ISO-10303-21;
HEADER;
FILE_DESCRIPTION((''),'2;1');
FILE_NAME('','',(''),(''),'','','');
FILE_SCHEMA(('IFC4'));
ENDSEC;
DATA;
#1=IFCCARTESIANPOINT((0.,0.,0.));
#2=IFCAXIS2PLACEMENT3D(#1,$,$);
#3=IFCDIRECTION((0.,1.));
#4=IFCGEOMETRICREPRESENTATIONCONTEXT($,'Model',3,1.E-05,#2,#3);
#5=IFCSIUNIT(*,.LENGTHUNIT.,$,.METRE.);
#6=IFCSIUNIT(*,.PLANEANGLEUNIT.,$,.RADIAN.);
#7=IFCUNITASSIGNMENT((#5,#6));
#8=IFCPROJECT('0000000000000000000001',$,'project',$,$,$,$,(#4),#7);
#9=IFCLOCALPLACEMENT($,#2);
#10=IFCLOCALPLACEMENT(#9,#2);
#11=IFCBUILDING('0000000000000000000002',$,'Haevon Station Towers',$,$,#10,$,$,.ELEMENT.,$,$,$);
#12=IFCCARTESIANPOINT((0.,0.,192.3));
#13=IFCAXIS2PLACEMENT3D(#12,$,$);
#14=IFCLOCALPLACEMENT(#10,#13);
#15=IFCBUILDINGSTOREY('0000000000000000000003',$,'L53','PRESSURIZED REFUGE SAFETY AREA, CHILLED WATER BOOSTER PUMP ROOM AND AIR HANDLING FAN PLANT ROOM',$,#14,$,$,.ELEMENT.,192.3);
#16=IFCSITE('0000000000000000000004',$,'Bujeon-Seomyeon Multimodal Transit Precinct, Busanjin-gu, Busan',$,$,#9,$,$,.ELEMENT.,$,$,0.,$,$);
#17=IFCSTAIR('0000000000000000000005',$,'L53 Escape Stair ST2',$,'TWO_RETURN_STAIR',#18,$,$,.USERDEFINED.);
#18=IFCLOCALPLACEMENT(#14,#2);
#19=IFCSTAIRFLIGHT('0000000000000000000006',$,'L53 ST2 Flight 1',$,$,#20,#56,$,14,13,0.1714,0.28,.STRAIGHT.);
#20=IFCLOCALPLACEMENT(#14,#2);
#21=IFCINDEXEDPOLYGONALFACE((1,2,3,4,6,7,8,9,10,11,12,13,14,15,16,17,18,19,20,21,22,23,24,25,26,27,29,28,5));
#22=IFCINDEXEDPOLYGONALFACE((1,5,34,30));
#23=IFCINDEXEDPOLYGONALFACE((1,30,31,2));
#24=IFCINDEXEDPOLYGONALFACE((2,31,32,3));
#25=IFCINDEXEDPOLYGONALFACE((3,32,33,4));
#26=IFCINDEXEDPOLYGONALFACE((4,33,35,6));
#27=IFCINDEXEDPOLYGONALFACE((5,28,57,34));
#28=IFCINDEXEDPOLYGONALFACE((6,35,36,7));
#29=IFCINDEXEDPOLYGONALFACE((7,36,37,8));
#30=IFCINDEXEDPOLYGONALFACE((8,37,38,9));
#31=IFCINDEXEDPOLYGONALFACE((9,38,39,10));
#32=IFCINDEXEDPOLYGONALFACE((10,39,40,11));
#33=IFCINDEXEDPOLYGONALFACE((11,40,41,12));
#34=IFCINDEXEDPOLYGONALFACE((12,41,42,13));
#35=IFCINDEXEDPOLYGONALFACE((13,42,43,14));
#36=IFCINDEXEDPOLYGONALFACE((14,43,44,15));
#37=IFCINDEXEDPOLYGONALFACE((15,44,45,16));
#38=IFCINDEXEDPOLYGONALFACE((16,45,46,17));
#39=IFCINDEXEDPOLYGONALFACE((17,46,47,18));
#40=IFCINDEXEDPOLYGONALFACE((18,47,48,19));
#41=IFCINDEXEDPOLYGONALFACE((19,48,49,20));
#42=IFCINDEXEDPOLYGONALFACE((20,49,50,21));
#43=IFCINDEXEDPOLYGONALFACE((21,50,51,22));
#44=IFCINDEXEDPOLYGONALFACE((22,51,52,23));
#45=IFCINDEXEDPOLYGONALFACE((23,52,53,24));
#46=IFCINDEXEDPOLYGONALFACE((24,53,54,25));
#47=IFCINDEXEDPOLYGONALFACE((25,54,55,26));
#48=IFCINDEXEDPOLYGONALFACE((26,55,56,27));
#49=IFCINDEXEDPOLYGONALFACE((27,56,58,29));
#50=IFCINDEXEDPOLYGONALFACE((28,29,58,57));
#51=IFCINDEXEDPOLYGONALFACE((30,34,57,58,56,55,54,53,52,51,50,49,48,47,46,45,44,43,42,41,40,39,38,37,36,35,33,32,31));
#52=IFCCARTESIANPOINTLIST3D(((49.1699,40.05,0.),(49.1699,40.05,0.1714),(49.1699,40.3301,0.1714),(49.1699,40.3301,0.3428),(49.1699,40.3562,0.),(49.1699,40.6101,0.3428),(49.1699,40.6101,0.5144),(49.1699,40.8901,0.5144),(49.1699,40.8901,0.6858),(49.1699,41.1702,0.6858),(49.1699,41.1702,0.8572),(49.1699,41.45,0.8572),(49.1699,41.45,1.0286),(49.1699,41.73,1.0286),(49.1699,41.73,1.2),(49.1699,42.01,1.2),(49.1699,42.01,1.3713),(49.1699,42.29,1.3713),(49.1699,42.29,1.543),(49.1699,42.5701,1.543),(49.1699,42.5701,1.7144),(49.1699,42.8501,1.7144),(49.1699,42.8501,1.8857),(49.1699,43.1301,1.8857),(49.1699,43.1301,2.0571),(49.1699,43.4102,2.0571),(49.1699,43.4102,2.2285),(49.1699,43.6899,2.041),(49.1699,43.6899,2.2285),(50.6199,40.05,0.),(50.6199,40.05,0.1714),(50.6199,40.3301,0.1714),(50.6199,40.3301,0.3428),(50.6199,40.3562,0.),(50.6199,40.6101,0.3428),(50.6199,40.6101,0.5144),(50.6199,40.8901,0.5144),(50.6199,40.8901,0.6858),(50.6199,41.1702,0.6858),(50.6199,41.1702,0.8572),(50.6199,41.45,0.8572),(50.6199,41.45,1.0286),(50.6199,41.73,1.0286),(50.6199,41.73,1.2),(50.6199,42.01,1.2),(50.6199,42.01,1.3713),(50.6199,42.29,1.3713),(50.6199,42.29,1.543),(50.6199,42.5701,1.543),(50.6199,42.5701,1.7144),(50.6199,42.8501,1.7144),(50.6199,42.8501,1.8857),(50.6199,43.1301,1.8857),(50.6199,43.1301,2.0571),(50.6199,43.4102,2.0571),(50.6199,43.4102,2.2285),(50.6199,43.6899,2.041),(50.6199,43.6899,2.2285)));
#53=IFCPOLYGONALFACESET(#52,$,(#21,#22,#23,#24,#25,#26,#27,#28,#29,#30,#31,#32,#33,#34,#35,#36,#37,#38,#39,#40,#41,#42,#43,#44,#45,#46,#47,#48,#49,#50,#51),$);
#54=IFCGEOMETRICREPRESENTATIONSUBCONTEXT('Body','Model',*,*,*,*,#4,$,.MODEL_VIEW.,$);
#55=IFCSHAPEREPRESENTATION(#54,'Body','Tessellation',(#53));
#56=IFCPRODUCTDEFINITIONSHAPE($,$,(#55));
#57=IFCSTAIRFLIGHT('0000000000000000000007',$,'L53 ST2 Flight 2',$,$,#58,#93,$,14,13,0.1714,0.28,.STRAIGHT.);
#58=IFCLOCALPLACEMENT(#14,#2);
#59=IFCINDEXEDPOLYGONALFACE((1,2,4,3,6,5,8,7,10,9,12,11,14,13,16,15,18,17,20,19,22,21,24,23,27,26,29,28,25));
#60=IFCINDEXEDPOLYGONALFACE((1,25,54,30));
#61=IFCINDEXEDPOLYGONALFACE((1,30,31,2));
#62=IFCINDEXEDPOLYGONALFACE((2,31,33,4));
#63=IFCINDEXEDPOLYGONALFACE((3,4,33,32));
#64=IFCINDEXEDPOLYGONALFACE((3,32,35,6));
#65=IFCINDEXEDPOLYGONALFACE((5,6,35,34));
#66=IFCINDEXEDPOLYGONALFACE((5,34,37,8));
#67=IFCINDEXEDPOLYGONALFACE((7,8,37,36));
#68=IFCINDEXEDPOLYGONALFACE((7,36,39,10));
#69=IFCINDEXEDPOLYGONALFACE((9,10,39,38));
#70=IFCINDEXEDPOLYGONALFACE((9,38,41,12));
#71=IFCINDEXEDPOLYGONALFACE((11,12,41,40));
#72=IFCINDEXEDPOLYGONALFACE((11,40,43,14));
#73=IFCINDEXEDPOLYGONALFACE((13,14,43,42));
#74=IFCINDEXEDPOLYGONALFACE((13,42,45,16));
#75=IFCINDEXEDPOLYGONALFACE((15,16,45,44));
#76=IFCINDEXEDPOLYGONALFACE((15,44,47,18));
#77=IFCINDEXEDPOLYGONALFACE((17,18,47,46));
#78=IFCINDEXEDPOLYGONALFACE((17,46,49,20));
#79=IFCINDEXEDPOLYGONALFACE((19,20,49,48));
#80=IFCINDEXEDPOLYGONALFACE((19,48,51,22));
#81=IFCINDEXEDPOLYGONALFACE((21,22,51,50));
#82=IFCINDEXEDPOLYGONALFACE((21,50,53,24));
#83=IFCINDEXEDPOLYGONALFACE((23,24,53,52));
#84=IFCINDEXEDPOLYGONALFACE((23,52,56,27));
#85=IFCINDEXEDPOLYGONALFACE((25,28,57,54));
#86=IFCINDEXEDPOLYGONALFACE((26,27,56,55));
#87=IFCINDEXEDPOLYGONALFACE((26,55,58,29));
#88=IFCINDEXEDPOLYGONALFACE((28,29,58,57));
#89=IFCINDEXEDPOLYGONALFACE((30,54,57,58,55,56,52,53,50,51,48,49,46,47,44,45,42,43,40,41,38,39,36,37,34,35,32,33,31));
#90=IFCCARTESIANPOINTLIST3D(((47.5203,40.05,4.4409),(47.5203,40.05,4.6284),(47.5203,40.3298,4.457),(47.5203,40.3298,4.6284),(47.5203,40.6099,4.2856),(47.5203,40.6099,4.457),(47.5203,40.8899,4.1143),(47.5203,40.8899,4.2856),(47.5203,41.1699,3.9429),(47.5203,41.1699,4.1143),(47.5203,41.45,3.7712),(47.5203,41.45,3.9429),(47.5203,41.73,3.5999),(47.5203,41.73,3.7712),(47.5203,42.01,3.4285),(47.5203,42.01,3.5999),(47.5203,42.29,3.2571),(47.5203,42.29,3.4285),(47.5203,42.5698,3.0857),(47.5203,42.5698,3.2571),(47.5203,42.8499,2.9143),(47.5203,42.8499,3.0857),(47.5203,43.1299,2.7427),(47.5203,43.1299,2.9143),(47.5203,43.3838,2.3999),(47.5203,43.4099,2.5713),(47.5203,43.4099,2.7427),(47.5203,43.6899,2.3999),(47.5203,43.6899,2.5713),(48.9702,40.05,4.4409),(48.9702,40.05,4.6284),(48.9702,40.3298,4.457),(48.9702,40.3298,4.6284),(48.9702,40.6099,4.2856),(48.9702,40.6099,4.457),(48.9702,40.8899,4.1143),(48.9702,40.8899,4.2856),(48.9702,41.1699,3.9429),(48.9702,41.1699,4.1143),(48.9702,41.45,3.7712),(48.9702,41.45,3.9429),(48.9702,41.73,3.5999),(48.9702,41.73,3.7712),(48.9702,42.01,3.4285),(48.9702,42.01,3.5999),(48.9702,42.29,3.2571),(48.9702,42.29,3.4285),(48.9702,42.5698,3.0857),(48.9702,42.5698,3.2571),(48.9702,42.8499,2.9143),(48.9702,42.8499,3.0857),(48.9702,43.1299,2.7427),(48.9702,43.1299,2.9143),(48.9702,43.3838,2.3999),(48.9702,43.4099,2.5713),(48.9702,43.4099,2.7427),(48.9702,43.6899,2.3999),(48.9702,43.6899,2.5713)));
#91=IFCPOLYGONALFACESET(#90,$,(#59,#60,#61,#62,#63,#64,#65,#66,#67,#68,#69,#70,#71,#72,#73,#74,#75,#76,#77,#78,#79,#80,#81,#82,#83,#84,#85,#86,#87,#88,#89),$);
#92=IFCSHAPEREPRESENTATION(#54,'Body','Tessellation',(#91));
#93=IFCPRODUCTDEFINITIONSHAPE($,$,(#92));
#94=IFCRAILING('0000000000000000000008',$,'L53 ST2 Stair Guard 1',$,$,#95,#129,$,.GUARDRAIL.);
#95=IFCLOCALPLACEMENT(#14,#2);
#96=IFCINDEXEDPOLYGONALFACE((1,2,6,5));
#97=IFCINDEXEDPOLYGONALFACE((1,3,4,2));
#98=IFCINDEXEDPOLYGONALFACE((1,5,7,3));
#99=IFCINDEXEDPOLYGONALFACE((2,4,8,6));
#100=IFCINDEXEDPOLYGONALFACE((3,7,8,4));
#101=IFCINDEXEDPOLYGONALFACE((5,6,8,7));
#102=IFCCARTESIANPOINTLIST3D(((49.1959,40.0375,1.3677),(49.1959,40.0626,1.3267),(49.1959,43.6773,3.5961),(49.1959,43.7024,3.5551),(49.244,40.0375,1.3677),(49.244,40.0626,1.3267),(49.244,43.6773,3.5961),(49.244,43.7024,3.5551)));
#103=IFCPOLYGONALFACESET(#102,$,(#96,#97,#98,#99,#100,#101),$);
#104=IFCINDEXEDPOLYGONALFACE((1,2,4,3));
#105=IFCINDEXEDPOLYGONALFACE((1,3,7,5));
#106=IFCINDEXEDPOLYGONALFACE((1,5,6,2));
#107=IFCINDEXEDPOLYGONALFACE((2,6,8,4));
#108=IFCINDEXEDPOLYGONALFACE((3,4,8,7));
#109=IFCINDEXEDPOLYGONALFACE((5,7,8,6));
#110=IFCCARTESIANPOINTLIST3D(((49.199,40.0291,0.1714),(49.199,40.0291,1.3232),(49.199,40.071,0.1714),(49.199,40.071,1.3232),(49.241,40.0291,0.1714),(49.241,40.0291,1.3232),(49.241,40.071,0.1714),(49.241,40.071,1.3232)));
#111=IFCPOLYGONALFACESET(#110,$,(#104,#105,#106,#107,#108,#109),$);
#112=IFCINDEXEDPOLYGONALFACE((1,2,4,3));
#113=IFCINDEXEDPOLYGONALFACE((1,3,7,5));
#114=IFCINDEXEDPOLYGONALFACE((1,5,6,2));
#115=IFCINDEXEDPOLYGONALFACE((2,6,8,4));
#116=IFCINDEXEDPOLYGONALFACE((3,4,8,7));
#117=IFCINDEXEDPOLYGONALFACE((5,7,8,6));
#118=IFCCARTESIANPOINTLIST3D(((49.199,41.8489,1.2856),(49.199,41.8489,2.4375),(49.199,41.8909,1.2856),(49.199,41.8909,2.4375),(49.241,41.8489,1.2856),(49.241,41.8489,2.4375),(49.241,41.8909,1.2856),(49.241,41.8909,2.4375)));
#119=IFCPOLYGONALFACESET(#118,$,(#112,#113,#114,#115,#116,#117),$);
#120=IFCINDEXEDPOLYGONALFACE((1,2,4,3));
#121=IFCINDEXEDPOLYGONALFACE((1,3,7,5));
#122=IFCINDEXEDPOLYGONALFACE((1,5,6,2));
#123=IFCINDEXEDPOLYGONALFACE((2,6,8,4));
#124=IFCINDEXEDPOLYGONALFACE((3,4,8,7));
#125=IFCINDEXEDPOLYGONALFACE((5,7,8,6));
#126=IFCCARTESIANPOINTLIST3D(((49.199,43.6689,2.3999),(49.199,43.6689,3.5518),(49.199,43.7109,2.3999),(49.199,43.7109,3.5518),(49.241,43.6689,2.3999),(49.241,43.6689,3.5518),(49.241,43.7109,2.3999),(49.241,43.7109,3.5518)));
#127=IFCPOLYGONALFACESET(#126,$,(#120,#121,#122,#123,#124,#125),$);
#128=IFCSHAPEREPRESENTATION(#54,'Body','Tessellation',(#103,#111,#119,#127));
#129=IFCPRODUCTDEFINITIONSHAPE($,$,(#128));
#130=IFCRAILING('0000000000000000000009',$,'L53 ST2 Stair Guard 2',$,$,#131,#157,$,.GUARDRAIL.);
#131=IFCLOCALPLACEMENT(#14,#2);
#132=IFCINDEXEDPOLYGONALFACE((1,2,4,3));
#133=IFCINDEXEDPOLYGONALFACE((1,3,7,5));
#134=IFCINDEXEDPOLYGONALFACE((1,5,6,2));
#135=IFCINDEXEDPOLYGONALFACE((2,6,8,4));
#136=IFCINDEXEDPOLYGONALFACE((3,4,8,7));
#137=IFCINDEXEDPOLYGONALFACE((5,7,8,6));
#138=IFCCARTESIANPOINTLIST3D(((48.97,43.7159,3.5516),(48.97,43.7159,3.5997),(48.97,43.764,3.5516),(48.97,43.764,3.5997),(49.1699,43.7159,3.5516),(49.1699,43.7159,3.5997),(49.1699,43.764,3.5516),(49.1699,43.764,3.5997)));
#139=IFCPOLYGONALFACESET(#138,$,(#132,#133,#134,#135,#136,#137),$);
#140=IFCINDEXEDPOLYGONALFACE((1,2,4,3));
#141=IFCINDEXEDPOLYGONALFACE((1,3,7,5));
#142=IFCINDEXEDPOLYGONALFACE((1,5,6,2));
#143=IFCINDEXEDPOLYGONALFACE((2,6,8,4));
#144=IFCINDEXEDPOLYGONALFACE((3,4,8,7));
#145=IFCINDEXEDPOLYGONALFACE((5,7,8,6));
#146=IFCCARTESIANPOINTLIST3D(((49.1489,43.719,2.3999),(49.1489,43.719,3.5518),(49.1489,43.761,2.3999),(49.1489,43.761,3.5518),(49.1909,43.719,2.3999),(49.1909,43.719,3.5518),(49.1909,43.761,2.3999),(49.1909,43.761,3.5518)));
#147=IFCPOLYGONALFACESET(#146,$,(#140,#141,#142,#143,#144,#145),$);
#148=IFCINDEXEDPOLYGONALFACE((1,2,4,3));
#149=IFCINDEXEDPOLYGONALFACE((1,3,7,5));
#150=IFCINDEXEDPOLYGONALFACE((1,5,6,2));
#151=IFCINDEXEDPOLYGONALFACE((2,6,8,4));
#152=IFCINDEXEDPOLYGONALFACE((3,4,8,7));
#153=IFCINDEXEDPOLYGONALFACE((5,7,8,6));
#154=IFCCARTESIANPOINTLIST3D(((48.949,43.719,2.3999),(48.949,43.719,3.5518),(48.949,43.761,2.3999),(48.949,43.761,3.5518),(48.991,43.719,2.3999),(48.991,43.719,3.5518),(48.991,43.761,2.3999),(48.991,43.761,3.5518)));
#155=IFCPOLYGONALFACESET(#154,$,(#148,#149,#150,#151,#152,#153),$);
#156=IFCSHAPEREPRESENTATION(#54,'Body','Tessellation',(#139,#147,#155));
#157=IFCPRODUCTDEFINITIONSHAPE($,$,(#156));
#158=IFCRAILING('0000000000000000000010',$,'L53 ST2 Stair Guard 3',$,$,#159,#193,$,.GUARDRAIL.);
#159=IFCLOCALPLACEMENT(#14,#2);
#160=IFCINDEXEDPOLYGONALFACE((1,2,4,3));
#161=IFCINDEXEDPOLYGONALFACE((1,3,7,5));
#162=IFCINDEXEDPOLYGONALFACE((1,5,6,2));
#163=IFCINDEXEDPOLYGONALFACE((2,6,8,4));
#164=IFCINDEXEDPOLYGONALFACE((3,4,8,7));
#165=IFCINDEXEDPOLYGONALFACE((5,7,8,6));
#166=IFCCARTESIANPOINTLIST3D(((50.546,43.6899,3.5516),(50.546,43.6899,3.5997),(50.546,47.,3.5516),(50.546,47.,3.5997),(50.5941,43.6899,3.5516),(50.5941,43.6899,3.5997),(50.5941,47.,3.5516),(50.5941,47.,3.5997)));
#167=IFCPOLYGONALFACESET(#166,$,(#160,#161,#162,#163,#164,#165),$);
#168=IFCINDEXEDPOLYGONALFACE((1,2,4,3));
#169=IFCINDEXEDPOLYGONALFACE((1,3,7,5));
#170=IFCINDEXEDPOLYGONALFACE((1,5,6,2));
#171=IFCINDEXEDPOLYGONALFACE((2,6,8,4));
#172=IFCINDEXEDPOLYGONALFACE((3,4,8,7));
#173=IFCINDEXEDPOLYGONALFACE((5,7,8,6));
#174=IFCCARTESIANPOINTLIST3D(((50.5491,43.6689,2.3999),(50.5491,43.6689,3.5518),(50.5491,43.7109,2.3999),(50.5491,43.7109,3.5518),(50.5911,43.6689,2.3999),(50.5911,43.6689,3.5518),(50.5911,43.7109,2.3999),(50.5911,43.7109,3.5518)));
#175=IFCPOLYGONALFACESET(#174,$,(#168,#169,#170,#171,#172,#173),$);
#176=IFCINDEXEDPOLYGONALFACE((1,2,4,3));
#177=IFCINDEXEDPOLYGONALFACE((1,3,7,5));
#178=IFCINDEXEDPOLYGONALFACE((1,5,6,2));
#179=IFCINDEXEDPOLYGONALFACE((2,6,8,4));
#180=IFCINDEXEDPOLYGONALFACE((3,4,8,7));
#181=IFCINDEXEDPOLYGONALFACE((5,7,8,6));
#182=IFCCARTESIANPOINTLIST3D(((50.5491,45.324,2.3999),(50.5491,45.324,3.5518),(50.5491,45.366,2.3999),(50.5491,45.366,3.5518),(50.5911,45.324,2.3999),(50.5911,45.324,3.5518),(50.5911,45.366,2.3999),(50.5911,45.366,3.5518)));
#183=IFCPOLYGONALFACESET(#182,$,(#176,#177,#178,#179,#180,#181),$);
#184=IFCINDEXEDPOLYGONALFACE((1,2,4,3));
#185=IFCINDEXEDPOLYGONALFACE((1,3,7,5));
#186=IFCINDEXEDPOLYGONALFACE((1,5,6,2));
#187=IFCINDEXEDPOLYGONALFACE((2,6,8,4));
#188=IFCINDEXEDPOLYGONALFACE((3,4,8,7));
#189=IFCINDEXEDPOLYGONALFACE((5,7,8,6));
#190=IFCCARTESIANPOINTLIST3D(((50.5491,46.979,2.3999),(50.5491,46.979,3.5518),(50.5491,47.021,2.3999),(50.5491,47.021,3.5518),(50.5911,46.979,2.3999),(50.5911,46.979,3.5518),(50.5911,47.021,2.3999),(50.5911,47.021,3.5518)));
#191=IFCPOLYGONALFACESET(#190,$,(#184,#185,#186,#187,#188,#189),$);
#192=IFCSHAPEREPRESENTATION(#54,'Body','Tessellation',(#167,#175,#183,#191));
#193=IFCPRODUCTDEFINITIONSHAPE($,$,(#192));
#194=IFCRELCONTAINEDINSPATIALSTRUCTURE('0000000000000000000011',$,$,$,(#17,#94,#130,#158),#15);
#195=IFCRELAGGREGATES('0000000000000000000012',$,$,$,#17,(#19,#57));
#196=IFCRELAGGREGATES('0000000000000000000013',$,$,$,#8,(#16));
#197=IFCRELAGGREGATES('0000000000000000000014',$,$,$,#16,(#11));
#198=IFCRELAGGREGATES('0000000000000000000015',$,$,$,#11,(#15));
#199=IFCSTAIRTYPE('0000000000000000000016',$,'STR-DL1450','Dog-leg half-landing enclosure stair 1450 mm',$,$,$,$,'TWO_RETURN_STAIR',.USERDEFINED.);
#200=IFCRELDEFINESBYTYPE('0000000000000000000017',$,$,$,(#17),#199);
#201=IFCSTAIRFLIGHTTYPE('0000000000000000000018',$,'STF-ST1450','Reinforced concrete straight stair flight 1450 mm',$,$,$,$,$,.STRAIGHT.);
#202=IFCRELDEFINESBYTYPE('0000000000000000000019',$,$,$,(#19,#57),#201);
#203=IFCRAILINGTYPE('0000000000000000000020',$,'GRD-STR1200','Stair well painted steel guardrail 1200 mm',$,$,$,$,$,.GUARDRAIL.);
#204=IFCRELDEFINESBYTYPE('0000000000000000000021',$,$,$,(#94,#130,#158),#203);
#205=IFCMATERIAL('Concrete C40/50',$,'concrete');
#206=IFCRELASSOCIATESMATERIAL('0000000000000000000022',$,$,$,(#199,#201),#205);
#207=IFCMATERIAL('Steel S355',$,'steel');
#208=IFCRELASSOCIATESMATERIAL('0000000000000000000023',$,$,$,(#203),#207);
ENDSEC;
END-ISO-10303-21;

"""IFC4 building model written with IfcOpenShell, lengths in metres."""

from ifc_helpers import new_model, si_unit, direction, frame, origin, origin_2d, place, context, subcontext, project, spatial, polyline, rectangle, outline, extrude, material, type_object, element, aggregate, save


model = new_model("IFC4")

# Units and contexts
model_context = context("Model", 3, precision=1e-05, world=origin(), true_north=direction((0.0, 1.0)))
body_context = subcontext(model_context, "Body", "Model", "MODEL_VIEW")
ifc_project = project(units=[si_unit("LENGTHUNIT", "METRE"), si_unit("PLANEANGLEUNIT", "RADIAN")], contexts=[model_context])

# Site, building, storey
site_placement = place(None, origin())
site = spatial("IfcSite", under=ifc_project, at=site_placement, Name="Bujeon-Seomyeon Multimodal Transit Precinct, Busanjin-gu, Busan", CompositionType="ELEMENT", RefElevation=0.0)
building_placement = place(site_placement, origin())
building = spatial("IfcBuilding", under=site, at=building_placement, Name="Haevon Station Towers", CompositionType="ELEMENT")
storey_placement = place(building_placement, frame((0.0, 0.0, 192.3)))
storey = spatial("IfcBuildingStorey", under=building, at=storey_placement, Name="L53", Description="PRESSURIZED REFUGE SAFETY AREA, CHILLED WATER BOOSTER PUMP ROOM AND AIR HANDLING FAN PLANT ROOM", CompositionType="ELEMENT", Elevation=192.3)

# Shared definitions
ifc_material_1 = material(Name="Steel S355", Category="steel")

# Shared definitions
ifc_material_2 = material(Name="Concrete C40/50", Category="concrete")

# Stair, stair flights
stair_type = type_object("IfcStairType", Name="STR-DL1450", Description="Dog-leg half-landing enclosure stair 1450 mm", ElementType="TWO_RETURN_STAIR", PredefinedType="USERDEFINED", material=ifc_material_2)
stair_placement = place(storey_placement, origin())
stair = element("IfcStair", 1, at=stair_placement, inside=storey, type_object=stair_type, Name="L53 Escape Stair ST2", ObjectType="TWO_RETURN_STAIR", PredefinedType="USERDEFINED")
stair_flight_type = type_object("IfcStairFlightType", Name="STF-ST1450", Description="Reinforced concrete straight stair flight 1450 mm", PredefinedType="STRAIGHT", material=ifc_material_2)
stair_flight_1_placement = place(storey_placement, frame((49.895, 40.05, 0.0), z_axis=(0.0, 0.0, 1.0), x_axis=(0.0, 1.0, 0.0)))
stair_flight_1 = element("IfcStairFlight", 2, at=stair_flight_1_placement, type_object=stair_flight_type, Name="L53 ST2 Flight 1", NumberOfRisers=14, NumberOfTreads=13, PredefinedType="STRAIGHT", RiserHeight=0.1714, TreadLength=0.28, context=body_context, shape_type="SweptSolid", body=[
    extrude(outline(polyline([(0.0, 0.0), (0.0, 0.1714), (0.28, 0.1714), (0.28, 0.3428), (0.5601, 0.3428), (0.5601, 0.5144), (0.8401, 0.5144), (0.8401, 0.6858), (1.1201, 0.6858), (1.1201, 0.8572), (1.3999, 0.8572), (1.3999, 1.0286), (1.6799, 1.0286), (1.6799, 1.2), (1.96, 1.2), (1.96, 1.3713), (2.24, 1.3713), (2.24, 1.543), (2.52, 1.543), (2.52, 1.7144), (2.8, 1.7144), (2.8, 1.8857), (3.0801, 1.8857), (3.0801, 2.0571), (3.3601, 2.0571), (3.3601, 2.2285), (3.6399, 2.2285), (3.6399, 2.3999), (3.6399, 2.041), (0.3062, 0.0), (0.0, 0.0)])), frame((0.0, 0.7251, 0.0), z_axis=(0.0, -1.0, 0.0), x_axis=(1.0, 0.0, 0.0)), (0.0, 0.0, 1.0), 1.45),
])
stair_flight_2_placement = place(storey_placement, frame((48.2451, 43.6899, 2.3999), z_axis=(0.0, 0.0, 1.0), x_axis=(0.0, -1.0, 0.0)))
stair_flight_2 = element("IfcStairFlight", 3, at=stair_flight_2_placement, type_object=stair_flight_type, Name="L53 ST2 Flight 2", NumberOfRisers=14, NumberOfTreads=13, PredefinedType="STRAIGHT", RiserHeight=0.1714, TreadLength=0.28, context=body_context, shape_type="SweptSolid", body=[
    extrude(outline(polyline([(0.0, 0.0), (0.0, 0.1714), (0.28, 0.1714), (0.28, 0.3428), (0.5601, 0.3428), (0.5601, 0.5144), (0.8401, 0.5144), (0.8401, 0.6858), (1.1201, 0.6858), (1.1201, 0.8572), (1.3999, 0.8572), (1.3999, 1.0286), (1.6799, 1.0286), (1.6799, 1.2), (1.96, 1.2), (1.96, 1.3713), (2.24, 1.3713), (2.24, 1.543), (2.52, 1.543), (2.52, 1.7144), (2.8, 1.7144), (2.8, 1.8857), (3.0801, 1.8857), (3.0801, 2.0571), (3.3601, 2.0571), (3.3601, 2.2285), (3.6399, 2.2285), (3.6399, 2.3999), (3.6399, 2.041), (0.3062, 0.0), (0.0, 0.0)])), frame((0.0, 0.7251, 0.0), z_axis=(0.0, -1.0, 0.0), x_axis=(1.0, 0.0, 0.0)), (0.0, 0.0, 1.0), 1.45),
])
aggregate(stair, [stair_flight_1, stair_flight_2])

# Railings
railing_type_1 = type_object("IfcRailingType", Name="GRD-STR1200", Description="Stair well painted steel guardrail 1200 mm", PredefinedType="GUARDRAIL", material=ifc_material_1)
railing_1_placement = place(storey_placement, frame((49.22, 40.05, 0.1714)))
element("IfcRailing", 4, at=railing_1_placement, inside=storey, type_object=railing_type_1, Name="L53 ST2 Stair Guard 1", PredefinedType="GUARDRAIL", context=body_context, shape_type="SweptSolid", body=[
    extrude(rectangle(XDim=0.0481, YDim=0.0481, at=origin_2d()), frame((0.0, 0.0, 1.1758), z_axis=(0.0, 0.85285, 0.522156), x_axis=(-1.0, 0.0, 0.0)), (0.0, 0.0, 1.0), 4.2678),
    extrude(rectangle(XDim=0.042, YDim=0.042, at=origin_2d()), origin(), (0.0, 0.0, 1.0), 1.1519),
    extrude(rectangle(XDim=0.042, YDim=0.042, at=origin_2d()), frame((0.0, 1.8198, 1.1143)), (0.0, 0.0, 1.0), 1.1519),
    extrude(rectangle(XDim=0.042, YDim=0.042, at=origin_2d()), frame((0.0, 3.6399, 2.2285)), (0.0, 0.0, 1.0), 1.1519),
])
railing_2_placement = place(storey_placement, frame((49.1699, 43.74, 2.3999)))
element("IfcRailing", 5, at=railing_2_placement, inside=storey, type_object=railing_type_1, Name="L53 ST2 Stair Guard 2", PredefinedType="GUARDRAIL", context=body_context, shape_type="SweptSolid", body=[
    extrude(rectangle(XDim=0.0481, YDim=0.0481, at=origin_2d()), frame((0.0, 0.0, 1.1758), z_axis=(-1.0, 0.0, 0.0), x_axis=(0.0, -1.0, 0.0)), (0.0, 0.0, 1.0), 0.2),
    extrude(rectangle(XDim=0.042, YDim=0.042, at=origin_2d()), origin(), (0.0, 0.0, 1.0), 1.1519),
    extrude(rectangle(XDim=0.042, YDim=0.042, at=origin_2d()), frame((-0.2, 0.0, 0.0)), (0.0, 0.0, 1.0), 1.1519),
])
for number, where, name in (
    (6, (50.5701, 43.6899, 2.3999), "L53 ST2 Stair Guard 3"),
):
    element("IfcRailing", number, at=place(storey_placement, frame(where)), inside=storey, type_object=railing_type_1, Name=name, PredefinedType="GUARDRAIL", context=body_context, shape_type="SweptSolid", body=[
        extrude(rectangle(XDim=0.0481, YDim=0.0481, at=origin_2d()), frame((0.0, 0.0, 1.1758), z_axis=(0.0, 1.0, 0.0), x_axis=(-1.0, 0.0, 0.0)), (0.0, 0.0, 1.0), 3.3101),
        extrude(rectangle(XDim=0.042, YDim=0.042, at=origin_2d()), origin(), (0.0, 0.0, 1.0), 1.1519),
        extrude(rectangle(XDim=0.042, YDim=0.042, at=origin_2d()), frame((0.0, 1.655, 0.0)), (0.0, 0.0, 1.0), 1.1519),
        extrude(rectangle(XDim=0.042, YDim=0.042, at=origin_2d()), frame((0.0, 3.3101, 0.0)), (0.0, 0.0, 1.0), 1.1519),
    ])

save(model, "model.ifc")
